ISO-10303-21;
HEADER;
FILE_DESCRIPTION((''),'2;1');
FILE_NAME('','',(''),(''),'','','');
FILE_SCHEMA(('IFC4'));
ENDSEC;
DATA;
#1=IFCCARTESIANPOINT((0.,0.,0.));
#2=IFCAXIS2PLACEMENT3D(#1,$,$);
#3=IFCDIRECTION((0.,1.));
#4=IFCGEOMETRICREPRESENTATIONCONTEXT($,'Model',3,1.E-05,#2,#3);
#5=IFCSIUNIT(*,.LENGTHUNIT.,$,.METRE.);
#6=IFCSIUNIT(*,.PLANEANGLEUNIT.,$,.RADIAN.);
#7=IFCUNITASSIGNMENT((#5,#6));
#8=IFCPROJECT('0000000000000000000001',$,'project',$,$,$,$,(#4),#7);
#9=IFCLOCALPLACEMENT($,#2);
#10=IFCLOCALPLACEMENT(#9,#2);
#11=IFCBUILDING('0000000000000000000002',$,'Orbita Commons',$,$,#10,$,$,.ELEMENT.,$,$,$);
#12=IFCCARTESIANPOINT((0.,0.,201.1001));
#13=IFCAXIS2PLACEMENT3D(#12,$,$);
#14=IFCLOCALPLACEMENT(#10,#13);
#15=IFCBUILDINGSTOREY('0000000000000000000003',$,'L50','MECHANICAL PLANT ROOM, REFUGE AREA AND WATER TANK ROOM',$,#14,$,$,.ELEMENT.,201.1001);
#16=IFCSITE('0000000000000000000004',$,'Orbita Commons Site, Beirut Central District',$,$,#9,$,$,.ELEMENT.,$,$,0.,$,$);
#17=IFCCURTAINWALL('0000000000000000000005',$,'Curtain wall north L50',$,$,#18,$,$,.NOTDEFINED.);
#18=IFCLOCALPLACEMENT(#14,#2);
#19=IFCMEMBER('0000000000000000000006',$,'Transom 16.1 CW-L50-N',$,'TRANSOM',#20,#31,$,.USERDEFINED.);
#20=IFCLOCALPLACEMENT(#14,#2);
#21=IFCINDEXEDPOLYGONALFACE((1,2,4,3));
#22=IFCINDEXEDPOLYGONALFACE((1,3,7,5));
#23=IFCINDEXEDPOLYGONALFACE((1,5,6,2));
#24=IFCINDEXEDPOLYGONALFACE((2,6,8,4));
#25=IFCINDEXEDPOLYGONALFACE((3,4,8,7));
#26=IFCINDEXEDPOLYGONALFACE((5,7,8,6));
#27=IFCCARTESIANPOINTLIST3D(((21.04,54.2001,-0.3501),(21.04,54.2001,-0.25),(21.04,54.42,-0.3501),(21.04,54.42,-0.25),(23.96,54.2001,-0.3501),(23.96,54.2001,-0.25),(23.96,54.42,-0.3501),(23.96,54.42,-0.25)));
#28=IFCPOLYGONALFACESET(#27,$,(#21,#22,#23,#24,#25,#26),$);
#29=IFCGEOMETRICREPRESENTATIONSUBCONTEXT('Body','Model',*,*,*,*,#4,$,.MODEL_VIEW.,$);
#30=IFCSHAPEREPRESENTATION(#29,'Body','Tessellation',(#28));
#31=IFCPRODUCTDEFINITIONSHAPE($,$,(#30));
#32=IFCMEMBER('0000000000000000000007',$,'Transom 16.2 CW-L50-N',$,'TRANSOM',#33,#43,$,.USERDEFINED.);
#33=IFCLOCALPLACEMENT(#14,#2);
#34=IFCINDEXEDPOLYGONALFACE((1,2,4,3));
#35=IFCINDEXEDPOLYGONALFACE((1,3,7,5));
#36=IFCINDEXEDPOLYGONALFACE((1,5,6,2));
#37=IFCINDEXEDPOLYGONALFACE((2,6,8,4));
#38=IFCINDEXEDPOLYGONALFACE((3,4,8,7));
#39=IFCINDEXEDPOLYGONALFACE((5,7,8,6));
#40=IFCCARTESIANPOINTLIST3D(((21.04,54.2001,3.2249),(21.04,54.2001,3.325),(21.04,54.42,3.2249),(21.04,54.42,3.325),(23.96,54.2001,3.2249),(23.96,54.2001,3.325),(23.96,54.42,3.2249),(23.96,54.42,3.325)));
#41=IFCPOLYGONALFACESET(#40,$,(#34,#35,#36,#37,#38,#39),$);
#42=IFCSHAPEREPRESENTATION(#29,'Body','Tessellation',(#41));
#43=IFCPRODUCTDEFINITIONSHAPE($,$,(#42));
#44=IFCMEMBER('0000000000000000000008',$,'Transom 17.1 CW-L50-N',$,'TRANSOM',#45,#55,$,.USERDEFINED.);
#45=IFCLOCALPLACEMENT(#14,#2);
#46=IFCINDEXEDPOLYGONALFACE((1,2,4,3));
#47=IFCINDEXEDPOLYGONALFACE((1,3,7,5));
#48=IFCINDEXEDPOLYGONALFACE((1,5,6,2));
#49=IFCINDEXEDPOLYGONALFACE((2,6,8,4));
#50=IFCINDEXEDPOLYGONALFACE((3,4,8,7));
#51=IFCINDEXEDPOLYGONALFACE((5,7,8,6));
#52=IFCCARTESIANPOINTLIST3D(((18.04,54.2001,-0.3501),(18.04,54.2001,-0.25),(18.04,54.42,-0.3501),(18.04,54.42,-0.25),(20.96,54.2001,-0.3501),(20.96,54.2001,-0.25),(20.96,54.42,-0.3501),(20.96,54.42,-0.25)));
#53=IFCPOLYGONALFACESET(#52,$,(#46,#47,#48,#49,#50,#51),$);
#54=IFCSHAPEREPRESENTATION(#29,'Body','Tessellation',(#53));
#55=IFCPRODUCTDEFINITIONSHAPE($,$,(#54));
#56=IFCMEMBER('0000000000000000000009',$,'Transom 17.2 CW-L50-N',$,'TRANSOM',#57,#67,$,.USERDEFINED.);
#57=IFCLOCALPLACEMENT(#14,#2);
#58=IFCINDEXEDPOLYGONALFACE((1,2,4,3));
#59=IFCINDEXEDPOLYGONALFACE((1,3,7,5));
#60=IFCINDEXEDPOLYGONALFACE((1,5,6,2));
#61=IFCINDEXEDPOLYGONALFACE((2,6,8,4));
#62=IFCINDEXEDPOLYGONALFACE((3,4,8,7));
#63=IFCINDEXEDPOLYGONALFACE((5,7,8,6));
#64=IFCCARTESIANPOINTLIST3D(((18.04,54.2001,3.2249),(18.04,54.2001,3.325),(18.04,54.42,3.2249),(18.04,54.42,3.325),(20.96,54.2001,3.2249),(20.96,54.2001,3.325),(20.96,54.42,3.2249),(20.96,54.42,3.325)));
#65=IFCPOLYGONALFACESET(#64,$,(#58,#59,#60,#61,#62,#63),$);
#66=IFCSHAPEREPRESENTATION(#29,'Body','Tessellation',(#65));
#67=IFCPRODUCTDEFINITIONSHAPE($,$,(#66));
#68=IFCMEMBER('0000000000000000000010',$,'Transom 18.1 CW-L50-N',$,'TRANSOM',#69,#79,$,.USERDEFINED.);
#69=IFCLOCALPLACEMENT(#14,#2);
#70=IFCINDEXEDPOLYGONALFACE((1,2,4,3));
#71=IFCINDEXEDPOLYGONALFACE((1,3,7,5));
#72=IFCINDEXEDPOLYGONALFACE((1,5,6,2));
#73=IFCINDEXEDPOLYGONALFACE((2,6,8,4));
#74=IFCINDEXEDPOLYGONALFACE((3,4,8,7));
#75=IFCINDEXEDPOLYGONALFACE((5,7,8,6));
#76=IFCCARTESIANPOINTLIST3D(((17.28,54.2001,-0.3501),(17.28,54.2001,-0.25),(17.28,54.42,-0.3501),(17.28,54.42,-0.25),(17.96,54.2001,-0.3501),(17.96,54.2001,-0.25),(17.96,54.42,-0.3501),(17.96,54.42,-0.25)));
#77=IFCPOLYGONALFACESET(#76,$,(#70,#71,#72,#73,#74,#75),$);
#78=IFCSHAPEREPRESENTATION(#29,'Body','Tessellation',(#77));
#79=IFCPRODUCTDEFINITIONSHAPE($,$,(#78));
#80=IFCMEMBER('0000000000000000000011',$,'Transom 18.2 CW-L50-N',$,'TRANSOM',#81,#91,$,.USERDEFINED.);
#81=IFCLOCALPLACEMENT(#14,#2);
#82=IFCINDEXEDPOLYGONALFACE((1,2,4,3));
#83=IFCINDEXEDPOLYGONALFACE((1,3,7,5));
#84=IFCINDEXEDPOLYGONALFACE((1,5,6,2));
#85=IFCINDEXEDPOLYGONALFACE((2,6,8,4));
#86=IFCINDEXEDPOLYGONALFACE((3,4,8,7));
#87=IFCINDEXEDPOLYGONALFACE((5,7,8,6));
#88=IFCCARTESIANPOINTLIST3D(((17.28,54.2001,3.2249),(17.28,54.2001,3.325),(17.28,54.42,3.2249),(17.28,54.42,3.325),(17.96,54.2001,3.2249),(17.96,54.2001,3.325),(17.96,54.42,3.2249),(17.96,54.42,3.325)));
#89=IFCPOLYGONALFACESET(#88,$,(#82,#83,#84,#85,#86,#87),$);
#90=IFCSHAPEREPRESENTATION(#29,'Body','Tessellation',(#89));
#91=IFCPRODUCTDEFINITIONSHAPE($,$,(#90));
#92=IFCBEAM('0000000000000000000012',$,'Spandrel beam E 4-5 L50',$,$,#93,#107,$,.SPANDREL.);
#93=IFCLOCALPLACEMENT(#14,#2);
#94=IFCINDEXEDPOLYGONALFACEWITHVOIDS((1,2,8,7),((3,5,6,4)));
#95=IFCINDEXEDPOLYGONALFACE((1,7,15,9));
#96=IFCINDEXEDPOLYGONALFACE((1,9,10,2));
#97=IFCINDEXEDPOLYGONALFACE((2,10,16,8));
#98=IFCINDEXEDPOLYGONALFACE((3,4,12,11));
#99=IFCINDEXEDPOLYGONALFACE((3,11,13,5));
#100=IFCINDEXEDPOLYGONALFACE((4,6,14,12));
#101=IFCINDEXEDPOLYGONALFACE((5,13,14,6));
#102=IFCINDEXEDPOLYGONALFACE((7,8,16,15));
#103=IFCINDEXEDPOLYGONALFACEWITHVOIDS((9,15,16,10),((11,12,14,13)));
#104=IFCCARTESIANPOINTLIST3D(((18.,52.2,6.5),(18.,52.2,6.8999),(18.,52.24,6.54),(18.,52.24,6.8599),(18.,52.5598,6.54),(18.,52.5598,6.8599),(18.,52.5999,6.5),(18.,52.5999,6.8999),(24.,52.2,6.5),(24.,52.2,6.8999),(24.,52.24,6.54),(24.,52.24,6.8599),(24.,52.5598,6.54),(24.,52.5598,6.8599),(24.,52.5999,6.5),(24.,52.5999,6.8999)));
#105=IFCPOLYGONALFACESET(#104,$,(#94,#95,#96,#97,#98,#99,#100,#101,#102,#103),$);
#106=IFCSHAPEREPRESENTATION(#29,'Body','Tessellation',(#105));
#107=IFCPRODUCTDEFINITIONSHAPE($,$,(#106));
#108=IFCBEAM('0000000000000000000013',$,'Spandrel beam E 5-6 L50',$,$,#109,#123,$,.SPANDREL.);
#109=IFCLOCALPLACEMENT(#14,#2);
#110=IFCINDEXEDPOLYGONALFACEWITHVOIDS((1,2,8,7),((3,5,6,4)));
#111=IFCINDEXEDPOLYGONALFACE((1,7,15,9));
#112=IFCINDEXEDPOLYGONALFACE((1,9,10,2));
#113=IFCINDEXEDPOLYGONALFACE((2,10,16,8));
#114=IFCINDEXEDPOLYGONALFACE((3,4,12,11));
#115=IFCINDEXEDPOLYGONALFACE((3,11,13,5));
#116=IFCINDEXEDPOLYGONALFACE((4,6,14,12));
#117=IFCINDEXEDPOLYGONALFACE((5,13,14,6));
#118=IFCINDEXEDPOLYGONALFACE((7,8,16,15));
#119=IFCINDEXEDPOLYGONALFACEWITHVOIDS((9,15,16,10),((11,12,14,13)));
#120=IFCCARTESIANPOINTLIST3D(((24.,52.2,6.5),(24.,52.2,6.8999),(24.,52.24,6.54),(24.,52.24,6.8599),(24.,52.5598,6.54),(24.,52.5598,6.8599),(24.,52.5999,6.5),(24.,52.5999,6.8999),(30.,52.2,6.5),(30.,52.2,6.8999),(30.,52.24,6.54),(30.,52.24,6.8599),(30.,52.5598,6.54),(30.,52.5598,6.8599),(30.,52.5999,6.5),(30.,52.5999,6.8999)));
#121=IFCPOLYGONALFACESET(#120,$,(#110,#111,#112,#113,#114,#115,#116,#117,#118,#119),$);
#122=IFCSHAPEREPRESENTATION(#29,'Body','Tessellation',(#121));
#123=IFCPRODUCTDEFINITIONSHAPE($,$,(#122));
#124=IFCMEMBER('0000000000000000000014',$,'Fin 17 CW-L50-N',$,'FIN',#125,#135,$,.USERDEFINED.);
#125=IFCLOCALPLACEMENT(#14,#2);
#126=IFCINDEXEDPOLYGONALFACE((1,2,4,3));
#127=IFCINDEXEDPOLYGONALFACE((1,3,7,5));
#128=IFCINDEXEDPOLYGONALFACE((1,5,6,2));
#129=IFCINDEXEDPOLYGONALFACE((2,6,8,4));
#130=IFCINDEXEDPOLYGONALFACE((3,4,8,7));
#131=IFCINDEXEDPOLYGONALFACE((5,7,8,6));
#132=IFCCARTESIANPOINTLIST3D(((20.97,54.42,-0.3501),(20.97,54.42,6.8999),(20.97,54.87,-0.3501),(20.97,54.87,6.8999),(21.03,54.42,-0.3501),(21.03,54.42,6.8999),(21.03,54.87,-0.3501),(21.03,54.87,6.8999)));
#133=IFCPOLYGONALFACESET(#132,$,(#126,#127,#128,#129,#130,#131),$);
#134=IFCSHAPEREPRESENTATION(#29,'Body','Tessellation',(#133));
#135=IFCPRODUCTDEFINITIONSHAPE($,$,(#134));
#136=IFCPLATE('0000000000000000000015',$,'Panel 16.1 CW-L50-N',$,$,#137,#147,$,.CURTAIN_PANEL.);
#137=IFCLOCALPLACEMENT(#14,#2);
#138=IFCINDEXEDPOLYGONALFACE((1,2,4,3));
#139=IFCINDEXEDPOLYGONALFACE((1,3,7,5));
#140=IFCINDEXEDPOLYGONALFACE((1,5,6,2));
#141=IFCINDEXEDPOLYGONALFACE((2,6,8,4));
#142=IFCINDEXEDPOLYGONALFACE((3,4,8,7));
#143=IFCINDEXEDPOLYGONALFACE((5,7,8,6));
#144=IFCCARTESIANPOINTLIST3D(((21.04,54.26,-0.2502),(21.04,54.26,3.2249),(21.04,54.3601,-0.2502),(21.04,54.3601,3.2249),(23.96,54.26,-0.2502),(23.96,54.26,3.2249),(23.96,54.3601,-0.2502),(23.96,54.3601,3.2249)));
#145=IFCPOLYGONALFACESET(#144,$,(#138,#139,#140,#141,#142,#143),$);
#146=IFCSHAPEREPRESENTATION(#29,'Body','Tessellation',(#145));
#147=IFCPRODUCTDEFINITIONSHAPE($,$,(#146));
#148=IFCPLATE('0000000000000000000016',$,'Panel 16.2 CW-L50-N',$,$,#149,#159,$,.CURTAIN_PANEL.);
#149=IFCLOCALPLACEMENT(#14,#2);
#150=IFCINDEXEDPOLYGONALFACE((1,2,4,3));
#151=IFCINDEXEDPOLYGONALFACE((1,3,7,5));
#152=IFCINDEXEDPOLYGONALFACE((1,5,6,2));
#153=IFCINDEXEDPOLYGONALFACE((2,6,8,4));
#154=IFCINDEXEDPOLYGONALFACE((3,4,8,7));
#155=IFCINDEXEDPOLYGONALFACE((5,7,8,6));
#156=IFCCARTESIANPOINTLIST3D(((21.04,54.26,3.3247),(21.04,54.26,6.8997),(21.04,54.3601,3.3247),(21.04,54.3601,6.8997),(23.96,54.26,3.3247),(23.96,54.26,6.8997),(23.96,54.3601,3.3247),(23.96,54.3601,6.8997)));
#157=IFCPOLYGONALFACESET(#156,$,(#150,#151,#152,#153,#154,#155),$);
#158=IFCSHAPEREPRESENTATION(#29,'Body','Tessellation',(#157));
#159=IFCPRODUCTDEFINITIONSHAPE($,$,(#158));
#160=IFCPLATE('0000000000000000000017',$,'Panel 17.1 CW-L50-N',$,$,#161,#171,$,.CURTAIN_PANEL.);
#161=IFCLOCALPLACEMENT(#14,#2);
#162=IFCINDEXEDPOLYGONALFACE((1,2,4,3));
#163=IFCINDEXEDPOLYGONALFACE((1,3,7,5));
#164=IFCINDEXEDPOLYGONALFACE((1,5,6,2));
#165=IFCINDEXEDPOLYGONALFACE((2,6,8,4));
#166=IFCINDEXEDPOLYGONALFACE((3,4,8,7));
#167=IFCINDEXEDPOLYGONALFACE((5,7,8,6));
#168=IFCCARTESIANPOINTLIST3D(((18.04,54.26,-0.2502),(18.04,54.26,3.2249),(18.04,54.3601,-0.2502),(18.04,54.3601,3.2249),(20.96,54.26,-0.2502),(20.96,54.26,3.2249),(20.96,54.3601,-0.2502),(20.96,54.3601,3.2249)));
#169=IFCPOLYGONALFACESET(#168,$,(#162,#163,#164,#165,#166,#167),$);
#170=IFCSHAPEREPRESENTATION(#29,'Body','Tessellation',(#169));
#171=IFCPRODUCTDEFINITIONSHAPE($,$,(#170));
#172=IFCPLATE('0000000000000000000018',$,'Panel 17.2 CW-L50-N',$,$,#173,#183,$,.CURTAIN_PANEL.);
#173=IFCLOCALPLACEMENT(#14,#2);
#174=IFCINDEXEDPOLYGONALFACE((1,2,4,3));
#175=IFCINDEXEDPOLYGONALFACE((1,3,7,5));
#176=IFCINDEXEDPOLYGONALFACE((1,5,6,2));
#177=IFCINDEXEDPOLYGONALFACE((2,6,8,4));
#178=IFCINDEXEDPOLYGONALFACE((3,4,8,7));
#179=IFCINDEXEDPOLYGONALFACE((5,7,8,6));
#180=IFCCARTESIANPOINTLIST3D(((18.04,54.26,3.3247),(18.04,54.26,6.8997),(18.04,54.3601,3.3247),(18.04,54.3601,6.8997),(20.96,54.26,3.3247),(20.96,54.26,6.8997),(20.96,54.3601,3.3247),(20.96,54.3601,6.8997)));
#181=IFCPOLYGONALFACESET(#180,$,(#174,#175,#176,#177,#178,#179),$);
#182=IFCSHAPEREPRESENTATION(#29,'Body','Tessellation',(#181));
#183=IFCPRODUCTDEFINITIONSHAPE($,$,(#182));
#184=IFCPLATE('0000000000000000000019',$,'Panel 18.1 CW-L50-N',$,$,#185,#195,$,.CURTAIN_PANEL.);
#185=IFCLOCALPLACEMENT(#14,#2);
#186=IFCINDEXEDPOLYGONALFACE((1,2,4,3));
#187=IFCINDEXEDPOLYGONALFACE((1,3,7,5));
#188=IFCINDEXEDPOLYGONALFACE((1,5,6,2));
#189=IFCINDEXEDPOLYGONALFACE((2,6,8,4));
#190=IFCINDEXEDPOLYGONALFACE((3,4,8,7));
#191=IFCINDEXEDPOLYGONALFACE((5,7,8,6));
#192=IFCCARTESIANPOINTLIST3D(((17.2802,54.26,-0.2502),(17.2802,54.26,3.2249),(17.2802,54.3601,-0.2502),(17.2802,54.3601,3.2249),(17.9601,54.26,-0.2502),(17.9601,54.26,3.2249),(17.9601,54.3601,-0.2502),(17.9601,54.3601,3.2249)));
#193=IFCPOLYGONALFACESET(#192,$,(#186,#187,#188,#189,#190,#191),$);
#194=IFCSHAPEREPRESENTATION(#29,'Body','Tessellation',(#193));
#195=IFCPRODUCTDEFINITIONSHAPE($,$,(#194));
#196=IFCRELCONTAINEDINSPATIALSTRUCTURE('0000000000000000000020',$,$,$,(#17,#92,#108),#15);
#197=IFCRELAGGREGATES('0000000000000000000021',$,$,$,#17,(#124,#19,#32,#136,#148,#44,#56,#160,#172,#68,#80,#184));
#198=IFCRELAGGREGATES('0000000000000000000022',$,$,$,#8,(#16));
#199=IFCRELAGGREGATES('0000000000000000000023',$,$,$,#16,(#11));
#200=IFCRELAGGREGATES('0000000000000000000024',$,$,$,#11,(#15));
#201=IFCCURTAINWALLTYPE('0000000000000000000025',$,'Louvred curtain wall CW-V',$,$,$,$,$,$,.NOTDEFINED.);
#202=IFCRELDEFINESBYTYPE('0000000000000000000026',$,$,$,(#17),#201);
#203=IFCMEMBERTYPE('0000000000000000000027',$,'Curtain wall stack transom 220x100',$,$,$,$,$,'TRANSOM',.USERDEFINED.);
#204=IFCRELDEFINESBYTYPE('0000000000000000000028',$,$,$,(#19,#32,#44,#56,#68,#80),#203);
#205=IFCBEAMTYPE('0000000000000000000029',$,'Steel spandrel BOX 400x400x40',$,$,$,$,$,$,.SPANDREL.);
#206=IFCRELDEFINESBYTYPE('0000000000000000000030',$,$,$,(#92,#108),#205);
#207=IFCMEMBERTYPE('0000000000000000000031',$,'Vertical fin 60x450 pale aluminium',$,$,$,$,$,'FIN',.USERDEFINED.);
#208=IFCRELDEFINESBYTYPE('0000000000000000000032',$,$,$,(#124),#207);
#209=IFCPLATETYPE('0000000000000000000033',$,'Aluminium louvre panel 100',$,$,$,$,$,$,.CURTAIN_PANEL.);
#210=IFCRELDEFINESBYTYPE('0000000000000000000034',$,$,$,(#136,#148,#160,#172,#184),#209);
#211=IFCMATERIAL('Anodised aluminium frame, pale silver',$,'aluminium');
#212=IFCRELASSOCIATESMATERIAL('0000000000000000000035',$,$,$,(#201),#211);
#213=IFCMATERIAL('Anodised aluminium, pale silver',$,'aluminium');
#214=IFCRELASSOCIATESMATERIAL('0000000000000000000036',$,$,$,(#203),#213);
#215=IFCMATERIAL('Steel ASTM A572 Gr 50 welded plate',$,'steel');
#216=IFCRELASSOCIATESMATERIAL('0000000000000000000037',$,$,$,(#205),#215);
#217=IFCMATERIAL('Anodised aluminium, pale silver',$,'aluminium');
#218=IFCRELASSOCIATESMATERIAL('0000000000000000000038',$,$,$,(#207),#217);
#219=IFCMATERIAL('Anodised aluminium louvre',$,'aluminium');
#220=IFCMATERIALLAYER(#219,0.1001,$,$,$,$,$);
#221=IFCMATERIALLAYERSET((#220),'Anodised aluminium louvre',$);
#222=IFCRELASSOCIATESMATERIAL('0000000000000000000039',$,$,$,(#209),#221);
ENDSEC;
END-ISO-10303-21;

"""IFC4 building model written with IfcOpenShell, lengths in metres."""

from ifc_helpers import new_model, si_unit, direction, frame, origin, origin_2d, place, context, subcontext, project, spatial, rectangle, hollow_rectangle, extrude, material, layer, layer_set, material_profile, profile_set, type_object, element, aggregate, save


model = new_model("IFC4")

# Units and contexts
model_context = context("Model", 3, precision=1e-05, world=origin(), true_north=direction((0.0, 1.0)))
body_context = subcontext(model_context, "Body", "Model", "MODEL_VIEW")
ifc_project = project(units=[si_unit("LENGTHUNIT", "METRE"), si_unit("PLANEANGLEUNIT", "RADIAN")], contexts=[model_context])

# Site, building, storey
site_placement = place(None, origin())
site = spatial("IfcSite", under=ifc_project, at=site_placement, Name="Orbita Commons Site, Beirut Central District", CompositionType="ELEMENT", RefElevation=0.0)
building_placement = place(site_placement, origin())
building = spatial("IfcBuilding", under=site, at=building_placement, Name="Orbita Commons", CompositionType="ELEMENT")
storey_placement = place(building_placement, frame((0.0, 0.0, 201.1001)))
storey = spatial("IfcBuildingStorey", under=building, at=storey_placement, Name="L50", Description="MECHANICAL PLANT ROOM, REFUGE AREA AND WATER TANK ROOM", CompositionType="ELEMENT", Elevation=201.1001)

# Curtain wall, members
ifc_material_1 = material(Name="Anodised aluminium frame, pale silver", Category="aluminium")
curtain_wall_type = type_object("IfcCurtainWallType", Name="Louvred curtain wall CW-V", PredefinedType="NOTDEFINED", material=ifc_material_1)
curtain_wall_placement = place(storey_placement, origin())
curtain_wall = element("IfcCurtainWall", 1, at=curtain_wall_placement, inside=storey, type_object=curtain_wall_type, Name="Curtain wall north L50", PredefinedType="NOTDEFINED")
ifc_material_2 = material(Name="Anodised aluminium, pale silver", Category="aluminium")
ifc_material_profile_1 = material_profile(ifc_material_2, rectangle(XDim=0.22, YDim=0.1001, at=origin_2d()), Name="AL 220x100")
ifc_profile_set_1 = profile_set([ifc_material_profile_1], Name="Anodised aluminium, pale silver")
member_type_1 = type_object("IfcMemberType", Name="Curtain wall stack transom 220x100", ElementType="TRANSOM", PredefinedType="USERDEFINED", material=ifc_profile_set_1)
member_1_placement = place(storey_placement, frame((23.96, 54.3101, -0.3), z_axis=(-1.0, 0.0, 0.0), x_axis=(0.0, -1.0, 0.0)))
member_1 = element("IfcMember", 2, at=member_1_placement, type_object=member_type_1, Name="Transom 16.1 CW-L50-N", ObjectType="TRANSOM", PredefinedType="USERDEFINED", context=body_context, shape_type="SweptSolid", body=[
    extrude(rectangle(XDim=0.22, YDim=0.1001, at=origin_2d()), origin(), (0.0, 0.0, 1.0), 2.9199),
])
member_2_placement = place(storey_placement, frame((23.96, 54.3101, 3.2749), z_axis=(-1.0, 0.0, 0.0), x_axis=(0.0, -1.0, 0.0)))
member_2 = element("IfcMember", 3, at=member_2_placement, type_object=member_type_1, Name="Transom 16.2 CW-L50-N", ObjectType="TRANSOM", PredefinedType="USERDEFINED", context=body_context, shape_type="SweptSolid", body=[
    extrude(rectangle(XDim=0.22, YDim=0.1001, at=origin_2d()), origin(), (0.0, 0.0, 1.0), 2.9199),
])
member_3_placement = place(storey_placement, frame((20.96, 54.3101, -0.3), z_axis=(-1.0, 0.0, 0.0), x_axis=(0.0, -1.0, 0.0)))
member_3 = element("IfcMember", 4, at=member_3_placement, type_object=member_type_1, Name="Transom 17.1 CW-L50-N", ObjectType="TRANSOM", PredefinedType="USERDEFINED", context=body_context, shape_type="SweptSolid", body=[
    extrude(rectangle(XDim=0.22, YDim=0.1001, at=origin_2d()), origin(), (0.0, 0.0, 1.0), 2.9199),
])
member_4_placement = place(storey_placement, frame((20.96, 54.3101, 3.2749), z_axis=(-1.0, 0.0, 0.0), x_axis=(0.0, -1.0, 0.0)))
member_4 = element("IfcMember", 5, at=member_4_placement, type_object=member_type_1, Name="Transom 17.2 CW-L50-N", ObjectType="TRANSOM", PredefinedType="USERDEFINED", context=body_context, shape_type="SweptSolid", body=[
    extrude(rectangle(XDim=0.22, YDim=0.1001, at=origin_2d()), origin(), (0.0, 0.0, 1.0), 2.9199),
])
member_5_placement = place(storey_placement, frame((17.96, 54.3101, -0.3), z_axis=(-1.0, 0.0, 0.0), x_axis=(0.0, -1.0, 0.0)))
member_5 = element("IfcMember", 6, at=member_5_placement, type_object=member_type_1, Name="Transom 18.1 CW-L50-N", ObjectType="TRANSOM", PredefinedType="USERDEFINED", context=body_context, shape_type="SweptSolid", body=[
    extrude(rectangle(XDim=0.22, YDim=0.1001, at=origin_2d()), origin(), (0.0, 0.0, 1.0), 0.6799),
])
member_6_placement = place(storey_placement, frame((17.96, 54.3101, 3.2749), z_axis=(-1.0, 0.0, 0.0), x_axis=(0.0, -1.0, 0.0)))
member_6 = element("IfcMember", 7, at=member_6_placement, type_object=member_type_1, Name="Transom 18.2 CW-L50-N", ObjectType="TRANSOM", PredefinedType="USERDEFINED", context=body_context, shape_type="SweptSolid", body=[
    extrude(rectangle(XDim=0.22, YDim=0.1001, at=origin_2d()), origin(), (0.0, 0.0, 1.0), 0.6799),
])

# Beams
ifc_material_3 = material(Name="Steel ASTM A572 Gr 50 welded plate", Category="steel")
ifc_material_profile_2 = material_profile(ifc_material_3, hollow_rectangle(XDim=0.3999, YDim=0.3999, WallThickness=0.04, at=origin_2d()), Name="BOX 400x400x40")
ifc_profile_set_2 = profile_set([ifc_material_profile_2], Name="Steel ASTM A572 Gr 50 welded plate")
beam_type = type_object("IfcBeamType", Name="Steel spandrel BOX 400x400x40", PredefinedType="SPANDREL", material=ifc_profile_set_2)
for number, where, z_axis, x_axis, name in (
    (8, (18.0, 52.3999, 6.7), (1.0, 0.0, 0.0), (0.0, 1.0, 0.0), "Spandrel beam E 4-5 L50"),
    (9, (24.0, 52.3999, 6.7), (1.0, 0.0, 0.0), (0.0, 1.0, 0.0), "Spandrel beam E 5-6 L50"),
):
    element("IfcBeam", number, at=place(storey_placement, frame(where, z_axis=z_axis, x_axis=x_axis)), inside=storey, type_object=beam_type, Name=name, PredefinedType="SPANDREL", context=body_context, shape_type="SweptSolid", body=[
        extrude(hollow_rectangle(XDim=0.3999, YDim=0.3999, WallThickness=0.04, at=origin_2d()), origin(), (0.0, 0.0, 1.0), 6.0),
    ])

# Member
ifc_material_4 = material(Name="Anodised aluminium, pale silver", Category="aluminium")
ifc_material_profile_3 = material_profile(ifc_material_4, rectangle(XDim=0.0601, YDim=0.45, at=origin_2d()), Name="FIN 60x450")
ifc_profile_set_3 = profile_set([ifc_material_profile_3], Name="Anodised aluminium, pale silver")
member_type_2 = type_object("IfcMemberType", Name="Vertical fin 60x450 pale aluminium", ElementType="FIN", PredefinedType="USERDEFINED", material=ifc_profile_set_3)
member_7_placement = place(storey_placement, frame((21.0, 54.645, -0.3501), z_axis=(0.0, 0.0, 1.0), x_axis=(-1.0, 0.0, 0.0)))
member_7 = element("IfcMember", 10, at=member_7_placement, type_object=member_type_2, Name="Fin 17 CW-L50-N", ObjectType="FIN", PredefinedType="USERDEFINED", context=body_context, shape_type="SweptSolid", body=[
    extrude(rectangle(XDim=0.0601, YDim=0.45, at=origin_2d()), origin(), (0.0, 0.0, 1.0), 7.25),
])

# Plates
ifc_material_5 = material(Name="Anodised aluminium louvre", Category="aluminium")
ifc_layer_1 = layer(ifc_material_5, 0.1001)
ifc_layer_set_1 = layer_set([ifc_layer_1], Name="Anodised aluminium louvre")
plate_type = type_object("IfcPlateType", Name="Aluminium louvre panel 100", PredefinedType="CURTAIN_PANEL", material=ifc_layer_set_1)
plate_1_placement = place(storey_placement, frame((22.5, 54.3101, -0.2502), z_axis=(0.0, 0.0, 1.0), x_axis=(-1.0, 0.0, 0.0)))
plate_1 = element("IfcPlate", 11, at=plate_1_placement, type_object=plate_type, Name="Panel 16.1 CW-L50-N", PredefinedType="CURTAIN_PANEL", context=body_context, shape_type="SweptSolid", body=[
    extrude(rectangle(XDim=2.9199, YDim=0.1001, at=origin_2d()), origin(), (0.0, 0.0, 1.0), 3.4751),
])
plate_2_placement = place(storey_placement, frame((22.5, 54.3101, 3.3247), z_axis=(0.0, 0.0, 1.0), x_axis=(-1.0, 0.0, 0.0)))
plate_2 = element("IfcPlate", 12, at=plate_2_placement, type_object=plate_type, Name="Panel 16.2 CW-L50-N", PredefinedType="CURTAIN_PANEL", context=body_context, shape_type="SweptSolid", body=[
    extrude(rectangle(XDim=2.9199, YDim=0.1001, at=origin_2d()), origin(), (0.0, 0.0, 1.0), 3.575),
])
plate_3_placement = place(storey_placement, frame((19.5, 54.3101, -0.2502), z_axis=(0.0, 0.0, 1.0), x_axis=(-1.0, 0.0, 0.0)))
plate_3 = element("IfcPlate", 13, at=plate_3_placement, type_object=plate_type, Name="Panel 17.1 CW-L50-N", PredefinedType="CURTAIN_PANEL", context=body_context, shape_type="SweptSolid", body=[
    extrude(rectangle(XDim=2.9199, YDim=0.1001, at=origin_2d()), origin(), (0.0, 0.0, 1.0), 3.4751),
])
plate_4_placement = place(storey_placement, frame((19.5, 54.3101, 3.3247), z_axis=(0.0, 0.0, 1.0), x_axis=(-1.0, 0.0, 0.0)))
plate_4 = element("IfcPlate", 14, at=plate_4_placement, type_object=plate_type, Name="Panel 17.2 CW-L50-N", PredefinedType="CURTAIN_PANEL", context=body_context, shape_type="SweptSolid", body=[
    extrude(rectangle(XDim=2.9199, YDim=0.1001, at=origin_2d()), origin(), (0.0, 0.0, 1.0), 3.575),
])
plate_5_placement = place(storey_placement, frame((17.6201, 54.3101, -0.2502), z_axis=(0.0, 0.0, 1.0), x_axis=(-1.0, 0.0, 0.0)))
plate_5 = element("IfcPlate", 15, at=plate_5_placement, type_object=plate_type, Name="Panel 18.1 CW-L50-N", PredefinedType="CURTAIN_PANEL", context=body_context, shape_type="SweptSolid", body=[
    extrude(rectangle(XDim=0.6799, YDim=0.1001, at=origin_2d()), origin(), (0.0, 0.0, 1.0), 3.4751),
])
aggregate(curtain_wall, [member_7, member_1, member_2, plate_1, plate_2, member_3, member_4, plate_3, plate_4, member_5, member_6, plate_5])

save(model, "model.ifc")
